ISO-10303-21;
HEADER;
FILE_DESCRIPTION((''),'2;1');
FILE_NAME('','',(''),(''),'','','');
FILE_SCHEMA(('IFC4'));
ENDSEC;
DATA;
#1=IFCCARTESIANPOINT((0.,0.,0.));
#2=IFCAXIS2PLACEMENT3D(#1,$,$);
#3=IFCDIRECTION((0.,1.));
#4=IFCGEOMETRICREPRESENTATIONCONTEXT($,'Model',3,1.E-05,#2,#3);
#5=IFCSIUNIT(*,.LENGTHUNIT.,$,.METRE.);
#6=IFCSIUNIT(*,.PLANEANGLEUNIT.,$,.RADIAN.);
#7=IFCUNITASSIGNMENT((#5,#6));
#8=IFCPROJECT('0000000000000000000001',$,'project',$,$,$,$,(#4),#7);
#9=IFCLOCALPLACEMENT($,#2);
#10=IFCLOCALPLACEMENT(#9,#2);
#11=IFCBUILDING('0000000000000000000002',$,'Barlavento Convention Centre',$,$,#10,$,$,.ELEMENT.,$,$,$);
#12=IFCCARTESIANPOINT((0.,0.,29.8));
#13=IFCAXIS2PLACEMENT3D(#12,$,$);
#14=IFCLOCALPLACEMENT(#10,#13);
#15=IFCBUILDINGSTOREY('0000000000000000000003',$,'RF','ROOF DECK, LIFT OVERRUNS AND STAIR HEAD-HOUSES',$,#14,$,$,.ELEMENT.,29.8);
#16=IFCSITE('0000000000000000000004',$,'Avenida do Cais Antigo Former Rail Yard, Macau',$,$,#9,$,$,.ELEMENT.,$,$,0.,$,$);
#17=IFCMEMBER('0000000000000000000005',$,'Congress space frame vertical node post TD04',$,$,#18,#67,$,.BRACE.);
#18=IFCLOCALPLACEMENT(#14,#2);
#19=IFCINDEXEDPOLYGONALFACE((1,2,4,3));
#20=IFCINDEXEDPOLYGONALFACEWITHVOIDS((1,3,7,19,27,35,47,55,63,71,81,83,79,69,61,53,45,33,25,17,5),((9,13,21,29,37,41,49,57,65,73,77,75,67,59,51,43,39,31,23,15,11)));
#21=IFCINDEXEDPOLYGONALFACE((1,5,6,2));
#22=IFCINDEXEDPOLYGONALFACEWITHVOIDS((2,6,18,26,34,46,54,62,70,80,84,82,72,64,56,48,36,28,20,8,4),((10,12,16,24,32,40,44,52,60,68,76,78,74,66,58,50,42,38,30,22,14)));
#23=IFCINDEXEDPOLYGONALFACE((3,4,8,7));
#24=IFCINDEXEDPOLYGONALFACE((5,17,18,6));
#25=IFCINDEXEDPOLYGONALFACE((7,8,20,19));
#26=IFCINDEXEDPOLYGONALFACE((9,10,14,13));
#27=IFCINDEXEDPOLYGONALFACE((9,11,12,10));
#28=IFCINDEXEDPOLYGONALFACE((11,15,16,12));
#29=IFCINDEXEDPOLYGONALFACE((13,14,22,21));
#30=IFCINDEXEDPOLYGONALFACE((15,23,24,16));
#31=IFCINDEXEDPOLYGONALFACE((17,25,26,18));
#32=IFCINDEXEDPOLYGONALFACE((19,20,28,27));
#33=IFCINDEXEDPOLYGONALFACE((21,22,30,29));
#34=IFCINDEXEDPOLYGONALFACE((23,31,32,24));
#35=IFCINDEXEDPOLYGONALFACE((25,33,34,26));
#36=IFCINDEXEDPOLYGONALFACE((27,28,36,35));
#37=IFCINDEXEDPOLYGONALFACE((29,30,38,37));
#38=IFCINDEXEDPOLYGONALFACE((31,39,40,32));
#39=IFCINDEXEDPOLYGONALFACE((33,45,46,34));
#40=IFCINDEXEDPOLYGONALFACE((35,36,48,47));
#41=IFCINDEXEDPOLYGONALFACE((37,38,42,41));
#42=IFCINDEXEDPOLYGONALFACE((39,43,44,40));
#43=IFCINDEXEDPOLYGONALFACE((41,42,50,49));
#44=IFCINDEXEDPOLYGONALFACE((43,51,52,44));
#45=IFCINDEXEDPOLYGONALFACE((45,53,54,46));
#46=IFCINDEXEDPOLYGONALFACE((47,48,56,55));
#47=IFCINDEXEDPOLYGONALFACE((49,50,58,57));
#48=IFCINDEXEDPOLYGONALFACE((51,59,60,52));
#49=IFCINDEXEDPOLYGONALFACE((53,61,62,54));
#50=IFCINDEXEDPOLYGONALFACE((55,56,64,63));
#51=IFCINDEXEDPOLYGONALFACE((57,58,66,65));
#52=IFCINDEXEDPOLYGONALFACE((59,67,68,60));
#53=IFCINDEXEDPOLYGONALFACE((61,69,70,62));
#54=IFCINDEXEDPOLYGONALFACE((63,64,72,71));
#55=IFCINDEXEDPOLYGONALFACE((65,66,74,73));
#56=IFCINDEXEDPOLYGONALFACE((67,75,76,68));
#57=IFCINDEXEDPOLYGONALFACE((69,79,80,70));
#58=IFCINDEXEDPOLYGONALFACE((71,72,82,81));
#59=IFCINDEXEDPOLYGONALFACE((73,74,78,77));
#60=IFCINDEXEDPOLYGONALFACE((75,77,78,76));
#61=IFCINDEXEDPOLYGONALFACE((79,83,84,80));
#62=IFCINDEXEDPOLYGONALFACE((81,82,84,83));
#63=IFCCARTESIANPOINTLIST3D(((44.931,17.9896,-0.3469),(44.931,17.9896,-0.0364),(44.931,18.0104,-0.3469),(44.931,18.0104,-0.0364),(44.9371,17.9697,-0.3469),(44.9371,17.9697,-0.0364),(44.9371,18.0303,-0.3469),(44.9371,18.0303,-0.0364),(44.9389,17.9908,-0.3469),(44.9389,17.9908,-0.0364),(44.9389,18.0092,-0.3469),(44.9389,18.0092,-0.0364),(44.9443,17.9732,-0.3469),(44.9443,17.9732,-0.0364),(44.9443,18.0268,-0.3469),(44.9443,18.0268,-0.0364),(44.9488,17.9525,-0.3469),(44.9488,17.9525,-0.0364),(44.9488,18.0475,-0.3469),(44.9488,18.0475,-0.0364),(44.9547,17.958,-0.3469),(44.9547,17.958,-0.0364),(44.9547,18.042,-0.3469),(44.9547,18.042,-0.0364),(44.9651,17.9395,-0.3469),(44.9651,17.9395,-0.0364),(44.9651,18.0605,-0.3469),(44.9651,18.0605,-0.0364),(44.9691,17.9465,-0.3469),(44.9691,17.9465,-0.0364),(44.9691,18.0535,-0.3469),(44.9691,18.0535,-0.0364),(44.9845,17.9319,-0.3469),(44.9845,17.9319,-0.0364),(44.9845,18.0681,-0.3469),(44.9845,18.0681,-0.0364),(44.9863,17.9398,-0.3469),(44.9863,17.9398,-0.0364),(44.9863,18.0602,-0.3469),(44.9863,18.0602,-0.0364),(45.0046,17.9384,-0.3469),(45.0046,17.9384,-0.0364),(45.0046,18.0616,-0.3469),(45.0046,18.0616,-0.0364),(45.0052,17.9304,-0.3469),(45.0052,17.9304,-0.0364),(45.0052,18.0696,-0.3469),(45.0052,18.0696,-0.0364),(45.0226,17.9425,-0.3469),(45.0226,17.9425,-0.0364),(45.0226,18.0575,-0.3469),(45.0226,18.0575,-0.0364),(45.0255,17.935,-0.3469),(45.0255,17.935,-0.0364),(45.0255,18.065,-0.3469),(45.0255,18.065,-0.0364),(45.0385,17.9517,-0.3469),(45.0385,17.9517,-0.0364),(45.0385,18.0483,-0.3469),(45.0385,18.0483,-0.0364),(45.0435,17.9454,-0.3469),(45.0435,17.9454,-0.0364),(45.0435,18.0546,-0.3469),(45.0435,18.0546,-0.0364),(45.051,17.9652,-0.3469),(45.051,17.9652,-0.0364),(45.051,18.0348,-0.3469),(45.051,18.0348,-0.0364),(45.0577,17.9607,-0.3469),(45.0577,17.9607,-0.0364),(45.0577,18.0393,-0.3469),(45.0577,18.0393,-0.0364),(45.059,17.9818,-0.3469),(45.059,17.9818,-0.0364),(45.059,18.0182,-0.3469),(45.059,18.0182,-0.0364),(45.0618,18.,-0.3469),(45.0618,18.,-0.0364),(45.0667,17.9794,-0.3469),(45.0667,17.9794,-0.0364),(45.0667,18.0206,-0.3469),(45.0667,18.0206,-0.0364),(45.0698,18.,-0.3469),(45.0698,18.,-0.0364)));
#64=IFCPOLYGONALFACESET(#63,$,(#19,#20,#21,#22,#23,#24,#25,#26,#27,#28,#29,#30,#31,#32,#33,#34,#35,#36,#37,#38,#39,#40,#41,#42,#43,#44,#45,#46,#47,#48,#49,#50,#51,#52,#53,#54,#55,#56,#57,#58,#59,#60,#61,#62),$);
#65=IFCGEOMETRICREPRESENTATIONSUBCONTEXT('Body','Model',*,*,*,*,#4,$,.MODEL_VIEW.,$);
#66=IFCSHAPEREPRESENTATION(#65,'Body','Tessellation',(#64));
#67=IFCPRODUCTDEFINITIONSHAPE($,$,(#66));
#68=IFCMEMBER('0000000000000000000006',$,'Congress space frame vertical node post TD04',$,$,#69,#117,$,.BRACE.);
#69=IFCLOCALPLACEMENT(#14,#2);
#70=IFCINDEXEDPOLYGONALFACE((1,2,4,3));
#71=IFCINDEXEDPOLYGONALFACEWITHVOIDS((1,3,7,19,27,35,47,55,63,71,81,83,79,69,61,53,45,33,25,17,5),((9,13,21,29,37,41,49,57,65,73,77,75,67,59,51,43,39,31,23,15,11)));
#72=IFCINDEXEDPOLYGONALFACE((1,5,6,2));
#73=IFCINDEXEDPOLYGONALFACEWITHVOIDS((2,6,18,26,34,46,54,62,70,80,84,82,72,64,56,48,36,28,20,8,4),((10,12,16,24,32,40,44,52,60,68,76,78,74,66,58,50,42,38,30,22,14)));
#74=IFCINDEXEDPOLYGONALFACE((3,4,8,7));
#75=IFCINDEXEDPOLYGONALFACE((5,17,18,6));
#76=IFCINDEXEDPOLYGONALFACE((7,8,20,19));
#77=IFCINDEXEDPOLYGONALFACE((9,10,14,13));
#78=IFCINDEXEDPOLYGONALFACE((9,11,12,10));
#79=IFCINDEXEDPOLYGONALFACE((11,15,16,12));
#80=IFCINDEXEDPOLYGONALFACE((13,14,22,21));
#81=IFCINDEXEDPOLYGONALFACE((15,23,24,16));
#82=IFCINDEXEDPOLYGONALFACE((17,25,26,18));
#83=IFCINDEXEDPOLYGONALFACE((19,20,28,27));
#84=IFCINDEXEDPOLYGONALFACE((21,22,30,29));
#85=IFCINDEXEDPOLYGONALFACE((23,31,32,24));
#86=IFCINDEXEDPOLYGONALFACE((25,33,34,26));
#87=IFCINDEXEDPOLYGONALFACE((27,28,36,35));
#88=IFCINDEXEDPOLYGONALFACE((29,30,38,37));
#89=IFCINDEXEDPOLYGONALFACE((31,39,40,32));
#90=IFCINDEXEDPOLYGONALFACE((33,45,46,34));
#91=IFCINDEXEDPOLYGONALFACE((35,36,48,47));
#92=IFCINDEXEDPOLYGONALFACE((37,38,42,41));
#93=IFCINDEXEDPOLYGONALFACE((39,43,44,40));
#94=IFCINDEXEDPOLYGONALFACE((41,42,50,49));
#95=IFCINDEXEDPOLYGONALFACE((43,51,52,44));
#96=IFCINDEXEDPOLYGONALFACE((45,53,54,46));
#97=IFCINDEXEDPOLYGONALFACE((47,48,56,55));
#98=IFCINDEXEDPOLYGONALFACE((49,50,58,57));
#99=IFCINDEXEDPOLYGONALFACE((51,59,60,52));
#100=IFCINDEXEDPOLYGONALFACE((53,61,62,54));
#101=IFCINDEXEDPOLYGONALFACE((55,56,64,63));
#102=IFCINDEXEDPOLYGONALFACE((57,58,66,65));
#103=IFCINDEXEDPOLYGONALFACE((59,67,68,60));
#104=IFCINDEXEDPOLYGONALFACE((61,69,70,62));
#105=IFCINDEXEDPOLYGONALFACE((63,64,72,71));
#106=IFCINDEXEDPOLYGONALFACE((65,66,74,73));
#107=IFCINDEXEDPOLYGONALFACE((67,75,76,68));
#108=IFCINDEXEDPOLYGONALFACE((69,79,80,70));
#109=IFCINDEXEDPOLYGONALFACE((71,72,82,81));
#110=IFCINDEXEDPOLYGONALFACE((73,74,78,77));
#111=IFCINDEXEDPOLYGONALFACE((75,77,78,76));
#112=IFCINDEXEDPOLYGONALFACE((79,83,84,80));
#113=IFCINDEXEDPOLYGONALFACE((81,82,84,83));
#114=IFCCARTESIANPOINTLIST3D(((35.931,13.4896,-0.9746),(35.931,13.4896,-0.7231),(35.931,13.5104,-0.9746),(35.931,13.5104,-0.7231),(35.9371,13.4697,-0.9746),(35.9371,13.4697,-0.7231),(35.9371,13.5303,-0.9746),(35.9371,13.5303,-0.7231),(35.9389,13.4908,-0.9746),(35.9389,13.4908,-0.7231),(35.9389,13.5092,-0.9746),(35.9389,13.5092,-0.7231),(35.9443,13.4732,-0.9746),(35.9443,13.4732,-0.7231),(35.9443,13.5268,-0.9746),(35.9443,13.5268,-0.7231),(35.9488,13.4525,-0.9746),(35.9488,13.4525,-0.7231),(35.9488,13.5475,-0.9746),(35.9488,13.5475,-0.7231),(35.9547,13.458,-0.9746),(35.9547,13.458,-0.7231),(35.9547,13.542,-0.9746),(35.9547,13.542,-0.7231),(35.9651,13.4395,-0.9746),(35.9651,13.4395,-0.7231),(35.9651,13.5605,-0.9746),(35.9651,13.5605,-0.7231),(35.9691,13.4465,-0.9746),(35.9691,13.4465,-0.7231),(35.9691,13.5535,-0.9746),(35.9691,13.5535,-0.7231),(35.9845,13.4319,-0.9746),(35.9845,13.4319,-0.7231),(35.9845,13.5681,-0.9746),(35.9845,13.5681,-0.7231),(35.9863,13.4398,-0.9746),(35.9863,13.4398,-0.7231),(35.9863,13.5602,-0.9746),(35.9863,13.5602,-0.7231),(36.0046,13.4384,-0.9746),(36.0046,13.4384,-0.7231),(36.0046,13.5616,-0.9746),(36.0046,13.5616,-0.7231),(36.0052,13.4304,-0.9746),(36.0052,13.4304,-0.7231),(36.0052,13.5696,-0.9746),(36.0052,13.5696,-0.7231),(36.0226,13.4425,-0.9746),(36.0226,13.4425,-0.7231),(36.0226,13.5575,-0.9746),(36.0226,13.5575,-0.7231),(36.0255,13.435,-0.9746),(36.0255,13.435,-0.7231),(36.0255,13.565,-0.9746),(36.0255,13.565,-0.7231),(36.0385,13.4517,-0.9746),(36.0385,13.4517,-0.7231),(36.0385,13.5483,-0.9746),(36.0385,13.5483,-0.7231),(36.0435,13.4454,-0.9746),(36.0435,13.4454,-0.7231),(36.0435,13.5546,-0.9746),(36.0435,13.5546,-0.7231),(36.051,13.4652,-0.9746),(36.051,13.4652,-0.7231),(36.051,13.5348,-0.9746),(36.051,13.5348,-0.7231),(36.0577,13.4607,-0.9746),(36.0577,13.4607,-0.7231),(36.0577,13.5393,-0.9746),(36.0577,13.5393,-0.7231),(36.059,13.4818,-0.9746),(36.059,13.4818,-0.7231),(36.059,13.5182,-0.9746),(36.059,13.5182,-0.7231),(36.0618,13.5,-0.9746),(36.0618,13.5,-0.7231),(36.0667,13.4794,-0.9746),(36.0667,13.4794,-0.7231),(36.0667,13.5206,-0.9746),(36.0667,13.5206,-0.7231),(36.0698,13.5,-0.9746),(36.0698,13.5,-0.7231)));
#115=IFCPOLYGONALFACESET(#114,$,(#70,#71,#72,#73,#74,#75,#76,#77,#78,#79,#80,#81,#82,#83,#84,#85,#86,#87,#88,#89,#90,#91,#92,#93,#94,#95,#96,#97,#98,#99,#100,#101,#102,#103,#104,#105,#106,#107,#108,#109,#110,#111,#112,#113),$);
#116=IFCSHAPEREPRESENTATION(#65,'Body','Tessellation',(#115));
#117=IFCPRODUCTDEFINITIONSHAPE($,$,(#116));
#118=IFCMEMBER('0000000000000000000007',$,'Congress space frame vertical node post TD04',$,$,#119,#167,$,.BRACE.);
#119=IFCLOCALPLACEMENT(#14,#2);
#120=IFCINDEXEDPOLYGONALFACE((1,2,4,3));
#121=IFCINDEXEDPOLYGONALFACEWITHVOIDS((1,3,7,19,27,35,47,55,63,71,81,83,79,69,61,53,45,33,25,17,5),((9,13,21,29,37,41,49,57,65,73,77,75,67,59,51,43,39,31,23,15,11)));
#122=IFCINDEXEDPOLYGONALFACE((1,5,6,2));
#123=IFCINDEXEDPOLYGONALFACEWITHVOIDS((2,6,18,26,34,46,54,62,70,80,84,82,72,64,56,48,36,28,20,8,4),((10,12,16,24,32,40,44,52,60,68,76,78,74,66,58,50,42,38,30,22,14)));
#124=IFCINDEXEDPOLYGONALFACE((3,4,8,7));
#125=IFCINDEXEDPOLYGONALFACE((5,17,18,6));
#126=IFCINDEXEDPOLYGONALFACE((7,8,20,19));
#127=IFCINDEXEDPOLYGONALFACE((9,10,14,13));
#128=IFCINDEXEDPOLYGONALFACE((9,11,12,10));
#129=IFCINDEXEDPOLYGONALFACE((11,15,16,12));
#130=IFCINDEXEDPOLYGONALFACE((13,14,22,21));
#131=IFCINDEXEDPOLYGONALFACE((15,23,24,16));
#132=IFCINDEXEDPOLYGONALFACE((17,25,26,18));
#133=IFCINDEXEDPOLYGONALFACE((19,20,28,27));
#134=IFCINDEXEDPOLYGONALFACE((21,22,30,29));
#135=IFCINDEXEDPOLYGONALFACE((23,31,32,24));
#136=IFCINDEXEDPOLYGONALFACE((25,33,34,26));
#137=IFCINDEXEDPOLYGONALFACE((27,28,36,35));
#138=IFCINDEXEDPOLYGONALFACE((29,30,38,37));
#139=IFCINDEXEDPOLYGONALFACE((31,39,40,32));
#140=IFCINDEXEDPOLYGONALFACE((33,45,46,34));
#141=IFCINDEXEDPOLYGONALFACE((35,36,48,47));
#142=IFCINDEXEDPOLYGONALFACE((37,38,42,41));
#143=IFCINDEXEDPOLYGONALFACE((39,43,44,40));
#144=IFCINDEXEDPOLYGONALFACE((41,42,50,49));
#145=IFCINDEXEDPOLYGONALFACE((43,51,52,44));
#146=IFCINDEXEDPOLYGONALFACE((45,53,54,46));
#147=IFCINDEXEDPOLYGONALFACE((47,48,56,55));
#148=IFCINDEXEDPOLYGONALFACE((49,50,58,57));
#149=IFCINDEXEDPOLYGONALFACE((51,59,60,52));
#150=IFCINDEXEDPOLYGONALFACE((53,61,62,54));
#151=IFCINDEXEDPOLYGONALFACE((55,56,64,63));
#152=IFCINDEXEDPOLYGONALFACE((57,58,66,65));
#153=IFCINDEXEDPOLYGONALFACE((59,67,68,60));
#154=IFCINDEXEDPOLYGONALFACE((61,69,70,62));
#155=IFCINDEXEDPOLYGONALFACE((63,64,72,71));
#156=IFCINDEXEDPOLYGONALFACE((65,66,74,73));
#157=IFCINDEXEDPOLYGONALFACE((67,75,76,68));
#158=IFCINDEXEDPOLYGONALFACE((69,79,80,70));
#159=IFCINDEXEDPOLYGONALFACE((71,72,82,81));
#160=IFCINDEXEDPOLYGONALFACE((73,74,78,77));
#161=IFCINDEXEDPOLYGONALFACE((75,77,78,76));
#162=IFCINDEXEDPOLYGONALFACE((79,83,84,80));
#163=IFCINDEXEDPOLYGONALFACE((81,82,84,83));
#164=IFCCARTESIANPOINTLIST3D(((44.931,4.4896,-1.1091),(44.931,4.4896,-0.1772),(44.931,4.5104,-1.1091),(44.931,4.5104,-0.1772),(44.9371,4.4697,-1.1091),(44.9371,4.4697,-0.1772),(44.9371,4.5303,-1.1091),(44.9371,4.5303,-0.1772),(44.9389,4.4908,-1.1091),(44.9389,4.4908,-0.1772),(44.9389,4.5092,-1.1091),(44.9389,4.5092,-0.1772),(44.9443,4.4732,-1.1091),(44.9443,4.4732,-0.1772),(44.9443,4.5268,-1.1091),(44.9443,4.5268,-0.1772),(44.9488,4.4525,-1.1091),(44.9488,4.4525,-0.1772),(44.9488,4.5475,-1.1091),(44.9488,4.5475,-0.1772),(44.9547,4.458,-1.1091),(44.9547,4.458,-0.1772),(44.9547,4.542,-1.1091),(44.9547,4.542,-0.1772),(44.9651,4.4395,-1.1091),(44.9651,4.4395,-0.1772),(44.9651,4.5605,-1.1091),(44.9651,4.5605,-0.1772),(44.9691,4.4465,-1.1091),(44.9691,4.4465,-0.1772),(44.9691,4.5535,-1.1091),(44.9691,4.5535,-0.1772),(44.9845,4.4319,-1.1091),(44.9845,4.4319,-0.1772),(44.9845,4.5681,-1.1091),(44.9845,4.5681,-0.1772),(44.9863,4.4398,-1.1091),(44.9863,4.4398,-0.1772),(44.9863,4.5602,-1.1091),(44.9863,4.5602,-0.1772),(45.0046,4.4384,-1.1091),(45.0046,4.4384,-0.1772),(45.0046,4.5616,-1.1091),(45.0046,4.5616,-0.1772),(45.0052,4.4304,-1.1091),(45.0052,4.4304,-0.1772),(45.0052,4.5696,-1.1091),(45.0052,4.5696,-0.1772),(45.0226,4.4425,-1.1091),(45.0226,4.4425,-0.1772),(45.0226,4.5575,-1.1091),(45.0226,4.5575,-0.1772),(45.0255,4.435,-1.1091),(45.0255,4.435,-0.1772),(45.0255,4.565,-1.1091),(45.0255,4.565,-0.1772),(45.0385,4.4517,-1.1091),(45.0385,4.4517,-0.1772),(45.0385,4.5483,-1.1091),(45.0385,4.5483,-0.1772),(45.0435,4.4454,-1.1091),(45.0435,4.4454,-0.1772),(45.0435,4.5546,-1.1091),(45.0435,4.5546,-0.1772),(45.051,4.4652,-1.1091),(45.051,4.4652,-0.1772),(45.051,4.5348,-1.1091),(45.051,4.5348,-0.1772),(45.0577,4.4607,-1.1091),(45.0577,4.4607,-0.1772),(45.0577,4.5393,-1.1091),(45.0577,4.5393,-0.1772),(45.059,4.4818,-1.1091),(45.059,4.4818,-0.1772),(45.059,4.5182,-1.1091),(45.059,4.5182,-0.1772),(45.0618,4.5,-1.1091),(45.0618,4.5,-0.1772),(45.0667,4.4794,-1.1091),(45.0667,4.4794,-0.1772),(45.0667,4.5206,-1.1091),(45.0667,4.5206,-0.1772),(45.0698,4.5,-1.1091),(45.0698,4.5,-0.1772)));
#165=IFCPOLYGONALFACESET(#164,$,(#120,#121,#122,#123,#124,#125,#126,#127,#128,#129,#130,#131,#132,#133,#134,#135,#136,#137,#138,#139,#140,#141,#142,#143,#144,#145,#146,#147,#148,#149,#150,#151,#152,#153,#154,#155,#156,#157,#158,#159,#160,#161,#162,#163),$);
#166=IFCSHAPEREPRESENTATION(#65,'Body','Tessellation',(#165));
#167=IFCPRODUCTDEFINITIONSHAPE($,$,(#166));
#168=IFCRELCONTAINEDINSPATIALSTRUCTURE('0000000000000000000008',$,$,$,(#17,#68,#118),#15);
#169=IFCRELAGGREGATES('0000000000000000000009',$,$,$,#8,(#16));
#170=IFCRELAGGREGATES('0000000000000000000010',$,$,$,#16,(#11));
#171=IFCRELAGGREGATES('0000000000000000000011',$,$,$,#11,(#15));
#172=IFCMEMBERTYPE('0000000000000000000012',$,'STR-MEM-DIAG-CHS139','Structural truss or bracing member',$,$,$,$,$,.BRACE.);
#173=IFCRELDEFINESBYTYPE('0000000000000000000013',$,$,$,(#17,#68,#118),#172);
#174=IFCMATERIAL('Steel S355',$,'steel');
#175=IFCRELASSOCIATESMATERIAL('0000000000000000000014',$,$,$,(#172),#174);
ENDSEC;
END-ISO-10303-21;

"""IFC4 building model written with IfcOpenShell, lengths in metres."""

from ifc_helpers import new_model, si_unit, direction, frame, origin, origin_2d, place, context, subcontext, project, spatial, hollow_circle, extrude, material, material_profile, profile_set, type_object, element, save


model = new_model("IFC4")

# Units and contexts
model_context = context("Model", 3, precision=1e-05, world=origin(), true_north=direction((0.0, 1.0)))
body_context = subcontext(model_context, "Body", "Model", "MODEL_VIEW")
ifc_project = project(units=[si_unit("LENGTHUNIT", "METRE"), si_unit("PLANEANGLEUNIT", "RADIAN")], contexts=[model_context])

# Site, building, storey
site_placement = place(None, origin())
site = spatial("IfcSite", under=ifc_project, at=site_placement, Name="Avenida do Cais Antigo Former Rail Yard, Macau", CompositionType="ELEMENT", RefElevation=0.0)
building_placement = place(site_placement, origin())
building = spatial("IfcBuilding", under=site, at=building_placement, Name="Barlavento Convention Centre", CompositionType="ELEMENT")
storey_placement = place(building_placement, frame((0.0, 0.0, 29.8)))
storey = spatial("IfcBuildingStorey", under=building, at=storey_placement, Name="RF", Description="ROOF DECK, LIFT OVERRUNS AND STAIR HEAD-HOUSES", CompositionType="ELEMENT", Elevation=29.8)

# Members
ifc_material_1 = material(Name="Steel S355", Category="steel")
ifc_material_profile_1 = material_profile(ifc_material_1, hollow_circle(Radius=0.0698, WallThickness=0.0081, at=origin_2d()), Name="CHS 139.7x8.0")
ifc_profile_set_1 = profile_set([ifc_material_profile_1], Name="Steel S355")
member_type_1 = type_object("IfcMemberType", Name="STR-MEM-DIAG-CHS139", Description="Structural truss or bracing member", PredefinedType="BRACE", material=ifc_profile_set_1)
member_1_placement = place(storey_placement, frame((45.0, 18.0, -0.3469), z_axis=(0.0, 0.0, 1.0), x_axis=(1.0, 0.0, 0.0)))
element("IfcMember", 1, at=member_1_placement, inside=storey, type_object=member_type_1, Name="Congress space frame vertical node post TD04", PredefinedType="BRACE", context=body_context, shape_type="SweptSolid", body=[
    extrude(hollow_circle(Radius=0.0698, WallThickness=0.0081, at=origin_2d()), origin(), (0.0, 0.0, 1.0), 0.3105),
])
member_2_placement = place(storey_placement, frame((36.0, 13.5, -0.9746), z_axis=(0.0, 0.0, 1.0), x_axis=(1.0, 0.0, 0.0)))
element("IfcMember", 2, at=member_2_placement, inside=storey, type_object=member_type_1, Name="Congress space frame vertical node post TD04", PredefinedType="BRACE", context=body_context, shape_type="SweptSolid", body=[
    extrude(hollow_circle(Radius=0.0698, WallThickness=0.0081, at=origin_2d()), origin(), (0.0, 0.0, 1.0), 0.2515),
])
member_3_placement = place(storey_placement, frame((45.0, 4.5, -1.1091), z_axis=(0.0, 0.0, 1.0), x_axis=(1.0, 0.0, 0.0)))
element("IfcMember", 3, at=member_3_placement, inside=storey, type_object=member_type_1, Name="Congress space frame vertical node post TD04", PredefinedType="BRACE", context=body_context, shape_type="SweptSolid", body=[
    extrude(hollow_circle(Radius=0.0698, WallThickness=0.0081, at=origin_2d()), origin(), (0.0, 0.0, 1.0), 0.9319),
])

save(model, "model.ifc")
